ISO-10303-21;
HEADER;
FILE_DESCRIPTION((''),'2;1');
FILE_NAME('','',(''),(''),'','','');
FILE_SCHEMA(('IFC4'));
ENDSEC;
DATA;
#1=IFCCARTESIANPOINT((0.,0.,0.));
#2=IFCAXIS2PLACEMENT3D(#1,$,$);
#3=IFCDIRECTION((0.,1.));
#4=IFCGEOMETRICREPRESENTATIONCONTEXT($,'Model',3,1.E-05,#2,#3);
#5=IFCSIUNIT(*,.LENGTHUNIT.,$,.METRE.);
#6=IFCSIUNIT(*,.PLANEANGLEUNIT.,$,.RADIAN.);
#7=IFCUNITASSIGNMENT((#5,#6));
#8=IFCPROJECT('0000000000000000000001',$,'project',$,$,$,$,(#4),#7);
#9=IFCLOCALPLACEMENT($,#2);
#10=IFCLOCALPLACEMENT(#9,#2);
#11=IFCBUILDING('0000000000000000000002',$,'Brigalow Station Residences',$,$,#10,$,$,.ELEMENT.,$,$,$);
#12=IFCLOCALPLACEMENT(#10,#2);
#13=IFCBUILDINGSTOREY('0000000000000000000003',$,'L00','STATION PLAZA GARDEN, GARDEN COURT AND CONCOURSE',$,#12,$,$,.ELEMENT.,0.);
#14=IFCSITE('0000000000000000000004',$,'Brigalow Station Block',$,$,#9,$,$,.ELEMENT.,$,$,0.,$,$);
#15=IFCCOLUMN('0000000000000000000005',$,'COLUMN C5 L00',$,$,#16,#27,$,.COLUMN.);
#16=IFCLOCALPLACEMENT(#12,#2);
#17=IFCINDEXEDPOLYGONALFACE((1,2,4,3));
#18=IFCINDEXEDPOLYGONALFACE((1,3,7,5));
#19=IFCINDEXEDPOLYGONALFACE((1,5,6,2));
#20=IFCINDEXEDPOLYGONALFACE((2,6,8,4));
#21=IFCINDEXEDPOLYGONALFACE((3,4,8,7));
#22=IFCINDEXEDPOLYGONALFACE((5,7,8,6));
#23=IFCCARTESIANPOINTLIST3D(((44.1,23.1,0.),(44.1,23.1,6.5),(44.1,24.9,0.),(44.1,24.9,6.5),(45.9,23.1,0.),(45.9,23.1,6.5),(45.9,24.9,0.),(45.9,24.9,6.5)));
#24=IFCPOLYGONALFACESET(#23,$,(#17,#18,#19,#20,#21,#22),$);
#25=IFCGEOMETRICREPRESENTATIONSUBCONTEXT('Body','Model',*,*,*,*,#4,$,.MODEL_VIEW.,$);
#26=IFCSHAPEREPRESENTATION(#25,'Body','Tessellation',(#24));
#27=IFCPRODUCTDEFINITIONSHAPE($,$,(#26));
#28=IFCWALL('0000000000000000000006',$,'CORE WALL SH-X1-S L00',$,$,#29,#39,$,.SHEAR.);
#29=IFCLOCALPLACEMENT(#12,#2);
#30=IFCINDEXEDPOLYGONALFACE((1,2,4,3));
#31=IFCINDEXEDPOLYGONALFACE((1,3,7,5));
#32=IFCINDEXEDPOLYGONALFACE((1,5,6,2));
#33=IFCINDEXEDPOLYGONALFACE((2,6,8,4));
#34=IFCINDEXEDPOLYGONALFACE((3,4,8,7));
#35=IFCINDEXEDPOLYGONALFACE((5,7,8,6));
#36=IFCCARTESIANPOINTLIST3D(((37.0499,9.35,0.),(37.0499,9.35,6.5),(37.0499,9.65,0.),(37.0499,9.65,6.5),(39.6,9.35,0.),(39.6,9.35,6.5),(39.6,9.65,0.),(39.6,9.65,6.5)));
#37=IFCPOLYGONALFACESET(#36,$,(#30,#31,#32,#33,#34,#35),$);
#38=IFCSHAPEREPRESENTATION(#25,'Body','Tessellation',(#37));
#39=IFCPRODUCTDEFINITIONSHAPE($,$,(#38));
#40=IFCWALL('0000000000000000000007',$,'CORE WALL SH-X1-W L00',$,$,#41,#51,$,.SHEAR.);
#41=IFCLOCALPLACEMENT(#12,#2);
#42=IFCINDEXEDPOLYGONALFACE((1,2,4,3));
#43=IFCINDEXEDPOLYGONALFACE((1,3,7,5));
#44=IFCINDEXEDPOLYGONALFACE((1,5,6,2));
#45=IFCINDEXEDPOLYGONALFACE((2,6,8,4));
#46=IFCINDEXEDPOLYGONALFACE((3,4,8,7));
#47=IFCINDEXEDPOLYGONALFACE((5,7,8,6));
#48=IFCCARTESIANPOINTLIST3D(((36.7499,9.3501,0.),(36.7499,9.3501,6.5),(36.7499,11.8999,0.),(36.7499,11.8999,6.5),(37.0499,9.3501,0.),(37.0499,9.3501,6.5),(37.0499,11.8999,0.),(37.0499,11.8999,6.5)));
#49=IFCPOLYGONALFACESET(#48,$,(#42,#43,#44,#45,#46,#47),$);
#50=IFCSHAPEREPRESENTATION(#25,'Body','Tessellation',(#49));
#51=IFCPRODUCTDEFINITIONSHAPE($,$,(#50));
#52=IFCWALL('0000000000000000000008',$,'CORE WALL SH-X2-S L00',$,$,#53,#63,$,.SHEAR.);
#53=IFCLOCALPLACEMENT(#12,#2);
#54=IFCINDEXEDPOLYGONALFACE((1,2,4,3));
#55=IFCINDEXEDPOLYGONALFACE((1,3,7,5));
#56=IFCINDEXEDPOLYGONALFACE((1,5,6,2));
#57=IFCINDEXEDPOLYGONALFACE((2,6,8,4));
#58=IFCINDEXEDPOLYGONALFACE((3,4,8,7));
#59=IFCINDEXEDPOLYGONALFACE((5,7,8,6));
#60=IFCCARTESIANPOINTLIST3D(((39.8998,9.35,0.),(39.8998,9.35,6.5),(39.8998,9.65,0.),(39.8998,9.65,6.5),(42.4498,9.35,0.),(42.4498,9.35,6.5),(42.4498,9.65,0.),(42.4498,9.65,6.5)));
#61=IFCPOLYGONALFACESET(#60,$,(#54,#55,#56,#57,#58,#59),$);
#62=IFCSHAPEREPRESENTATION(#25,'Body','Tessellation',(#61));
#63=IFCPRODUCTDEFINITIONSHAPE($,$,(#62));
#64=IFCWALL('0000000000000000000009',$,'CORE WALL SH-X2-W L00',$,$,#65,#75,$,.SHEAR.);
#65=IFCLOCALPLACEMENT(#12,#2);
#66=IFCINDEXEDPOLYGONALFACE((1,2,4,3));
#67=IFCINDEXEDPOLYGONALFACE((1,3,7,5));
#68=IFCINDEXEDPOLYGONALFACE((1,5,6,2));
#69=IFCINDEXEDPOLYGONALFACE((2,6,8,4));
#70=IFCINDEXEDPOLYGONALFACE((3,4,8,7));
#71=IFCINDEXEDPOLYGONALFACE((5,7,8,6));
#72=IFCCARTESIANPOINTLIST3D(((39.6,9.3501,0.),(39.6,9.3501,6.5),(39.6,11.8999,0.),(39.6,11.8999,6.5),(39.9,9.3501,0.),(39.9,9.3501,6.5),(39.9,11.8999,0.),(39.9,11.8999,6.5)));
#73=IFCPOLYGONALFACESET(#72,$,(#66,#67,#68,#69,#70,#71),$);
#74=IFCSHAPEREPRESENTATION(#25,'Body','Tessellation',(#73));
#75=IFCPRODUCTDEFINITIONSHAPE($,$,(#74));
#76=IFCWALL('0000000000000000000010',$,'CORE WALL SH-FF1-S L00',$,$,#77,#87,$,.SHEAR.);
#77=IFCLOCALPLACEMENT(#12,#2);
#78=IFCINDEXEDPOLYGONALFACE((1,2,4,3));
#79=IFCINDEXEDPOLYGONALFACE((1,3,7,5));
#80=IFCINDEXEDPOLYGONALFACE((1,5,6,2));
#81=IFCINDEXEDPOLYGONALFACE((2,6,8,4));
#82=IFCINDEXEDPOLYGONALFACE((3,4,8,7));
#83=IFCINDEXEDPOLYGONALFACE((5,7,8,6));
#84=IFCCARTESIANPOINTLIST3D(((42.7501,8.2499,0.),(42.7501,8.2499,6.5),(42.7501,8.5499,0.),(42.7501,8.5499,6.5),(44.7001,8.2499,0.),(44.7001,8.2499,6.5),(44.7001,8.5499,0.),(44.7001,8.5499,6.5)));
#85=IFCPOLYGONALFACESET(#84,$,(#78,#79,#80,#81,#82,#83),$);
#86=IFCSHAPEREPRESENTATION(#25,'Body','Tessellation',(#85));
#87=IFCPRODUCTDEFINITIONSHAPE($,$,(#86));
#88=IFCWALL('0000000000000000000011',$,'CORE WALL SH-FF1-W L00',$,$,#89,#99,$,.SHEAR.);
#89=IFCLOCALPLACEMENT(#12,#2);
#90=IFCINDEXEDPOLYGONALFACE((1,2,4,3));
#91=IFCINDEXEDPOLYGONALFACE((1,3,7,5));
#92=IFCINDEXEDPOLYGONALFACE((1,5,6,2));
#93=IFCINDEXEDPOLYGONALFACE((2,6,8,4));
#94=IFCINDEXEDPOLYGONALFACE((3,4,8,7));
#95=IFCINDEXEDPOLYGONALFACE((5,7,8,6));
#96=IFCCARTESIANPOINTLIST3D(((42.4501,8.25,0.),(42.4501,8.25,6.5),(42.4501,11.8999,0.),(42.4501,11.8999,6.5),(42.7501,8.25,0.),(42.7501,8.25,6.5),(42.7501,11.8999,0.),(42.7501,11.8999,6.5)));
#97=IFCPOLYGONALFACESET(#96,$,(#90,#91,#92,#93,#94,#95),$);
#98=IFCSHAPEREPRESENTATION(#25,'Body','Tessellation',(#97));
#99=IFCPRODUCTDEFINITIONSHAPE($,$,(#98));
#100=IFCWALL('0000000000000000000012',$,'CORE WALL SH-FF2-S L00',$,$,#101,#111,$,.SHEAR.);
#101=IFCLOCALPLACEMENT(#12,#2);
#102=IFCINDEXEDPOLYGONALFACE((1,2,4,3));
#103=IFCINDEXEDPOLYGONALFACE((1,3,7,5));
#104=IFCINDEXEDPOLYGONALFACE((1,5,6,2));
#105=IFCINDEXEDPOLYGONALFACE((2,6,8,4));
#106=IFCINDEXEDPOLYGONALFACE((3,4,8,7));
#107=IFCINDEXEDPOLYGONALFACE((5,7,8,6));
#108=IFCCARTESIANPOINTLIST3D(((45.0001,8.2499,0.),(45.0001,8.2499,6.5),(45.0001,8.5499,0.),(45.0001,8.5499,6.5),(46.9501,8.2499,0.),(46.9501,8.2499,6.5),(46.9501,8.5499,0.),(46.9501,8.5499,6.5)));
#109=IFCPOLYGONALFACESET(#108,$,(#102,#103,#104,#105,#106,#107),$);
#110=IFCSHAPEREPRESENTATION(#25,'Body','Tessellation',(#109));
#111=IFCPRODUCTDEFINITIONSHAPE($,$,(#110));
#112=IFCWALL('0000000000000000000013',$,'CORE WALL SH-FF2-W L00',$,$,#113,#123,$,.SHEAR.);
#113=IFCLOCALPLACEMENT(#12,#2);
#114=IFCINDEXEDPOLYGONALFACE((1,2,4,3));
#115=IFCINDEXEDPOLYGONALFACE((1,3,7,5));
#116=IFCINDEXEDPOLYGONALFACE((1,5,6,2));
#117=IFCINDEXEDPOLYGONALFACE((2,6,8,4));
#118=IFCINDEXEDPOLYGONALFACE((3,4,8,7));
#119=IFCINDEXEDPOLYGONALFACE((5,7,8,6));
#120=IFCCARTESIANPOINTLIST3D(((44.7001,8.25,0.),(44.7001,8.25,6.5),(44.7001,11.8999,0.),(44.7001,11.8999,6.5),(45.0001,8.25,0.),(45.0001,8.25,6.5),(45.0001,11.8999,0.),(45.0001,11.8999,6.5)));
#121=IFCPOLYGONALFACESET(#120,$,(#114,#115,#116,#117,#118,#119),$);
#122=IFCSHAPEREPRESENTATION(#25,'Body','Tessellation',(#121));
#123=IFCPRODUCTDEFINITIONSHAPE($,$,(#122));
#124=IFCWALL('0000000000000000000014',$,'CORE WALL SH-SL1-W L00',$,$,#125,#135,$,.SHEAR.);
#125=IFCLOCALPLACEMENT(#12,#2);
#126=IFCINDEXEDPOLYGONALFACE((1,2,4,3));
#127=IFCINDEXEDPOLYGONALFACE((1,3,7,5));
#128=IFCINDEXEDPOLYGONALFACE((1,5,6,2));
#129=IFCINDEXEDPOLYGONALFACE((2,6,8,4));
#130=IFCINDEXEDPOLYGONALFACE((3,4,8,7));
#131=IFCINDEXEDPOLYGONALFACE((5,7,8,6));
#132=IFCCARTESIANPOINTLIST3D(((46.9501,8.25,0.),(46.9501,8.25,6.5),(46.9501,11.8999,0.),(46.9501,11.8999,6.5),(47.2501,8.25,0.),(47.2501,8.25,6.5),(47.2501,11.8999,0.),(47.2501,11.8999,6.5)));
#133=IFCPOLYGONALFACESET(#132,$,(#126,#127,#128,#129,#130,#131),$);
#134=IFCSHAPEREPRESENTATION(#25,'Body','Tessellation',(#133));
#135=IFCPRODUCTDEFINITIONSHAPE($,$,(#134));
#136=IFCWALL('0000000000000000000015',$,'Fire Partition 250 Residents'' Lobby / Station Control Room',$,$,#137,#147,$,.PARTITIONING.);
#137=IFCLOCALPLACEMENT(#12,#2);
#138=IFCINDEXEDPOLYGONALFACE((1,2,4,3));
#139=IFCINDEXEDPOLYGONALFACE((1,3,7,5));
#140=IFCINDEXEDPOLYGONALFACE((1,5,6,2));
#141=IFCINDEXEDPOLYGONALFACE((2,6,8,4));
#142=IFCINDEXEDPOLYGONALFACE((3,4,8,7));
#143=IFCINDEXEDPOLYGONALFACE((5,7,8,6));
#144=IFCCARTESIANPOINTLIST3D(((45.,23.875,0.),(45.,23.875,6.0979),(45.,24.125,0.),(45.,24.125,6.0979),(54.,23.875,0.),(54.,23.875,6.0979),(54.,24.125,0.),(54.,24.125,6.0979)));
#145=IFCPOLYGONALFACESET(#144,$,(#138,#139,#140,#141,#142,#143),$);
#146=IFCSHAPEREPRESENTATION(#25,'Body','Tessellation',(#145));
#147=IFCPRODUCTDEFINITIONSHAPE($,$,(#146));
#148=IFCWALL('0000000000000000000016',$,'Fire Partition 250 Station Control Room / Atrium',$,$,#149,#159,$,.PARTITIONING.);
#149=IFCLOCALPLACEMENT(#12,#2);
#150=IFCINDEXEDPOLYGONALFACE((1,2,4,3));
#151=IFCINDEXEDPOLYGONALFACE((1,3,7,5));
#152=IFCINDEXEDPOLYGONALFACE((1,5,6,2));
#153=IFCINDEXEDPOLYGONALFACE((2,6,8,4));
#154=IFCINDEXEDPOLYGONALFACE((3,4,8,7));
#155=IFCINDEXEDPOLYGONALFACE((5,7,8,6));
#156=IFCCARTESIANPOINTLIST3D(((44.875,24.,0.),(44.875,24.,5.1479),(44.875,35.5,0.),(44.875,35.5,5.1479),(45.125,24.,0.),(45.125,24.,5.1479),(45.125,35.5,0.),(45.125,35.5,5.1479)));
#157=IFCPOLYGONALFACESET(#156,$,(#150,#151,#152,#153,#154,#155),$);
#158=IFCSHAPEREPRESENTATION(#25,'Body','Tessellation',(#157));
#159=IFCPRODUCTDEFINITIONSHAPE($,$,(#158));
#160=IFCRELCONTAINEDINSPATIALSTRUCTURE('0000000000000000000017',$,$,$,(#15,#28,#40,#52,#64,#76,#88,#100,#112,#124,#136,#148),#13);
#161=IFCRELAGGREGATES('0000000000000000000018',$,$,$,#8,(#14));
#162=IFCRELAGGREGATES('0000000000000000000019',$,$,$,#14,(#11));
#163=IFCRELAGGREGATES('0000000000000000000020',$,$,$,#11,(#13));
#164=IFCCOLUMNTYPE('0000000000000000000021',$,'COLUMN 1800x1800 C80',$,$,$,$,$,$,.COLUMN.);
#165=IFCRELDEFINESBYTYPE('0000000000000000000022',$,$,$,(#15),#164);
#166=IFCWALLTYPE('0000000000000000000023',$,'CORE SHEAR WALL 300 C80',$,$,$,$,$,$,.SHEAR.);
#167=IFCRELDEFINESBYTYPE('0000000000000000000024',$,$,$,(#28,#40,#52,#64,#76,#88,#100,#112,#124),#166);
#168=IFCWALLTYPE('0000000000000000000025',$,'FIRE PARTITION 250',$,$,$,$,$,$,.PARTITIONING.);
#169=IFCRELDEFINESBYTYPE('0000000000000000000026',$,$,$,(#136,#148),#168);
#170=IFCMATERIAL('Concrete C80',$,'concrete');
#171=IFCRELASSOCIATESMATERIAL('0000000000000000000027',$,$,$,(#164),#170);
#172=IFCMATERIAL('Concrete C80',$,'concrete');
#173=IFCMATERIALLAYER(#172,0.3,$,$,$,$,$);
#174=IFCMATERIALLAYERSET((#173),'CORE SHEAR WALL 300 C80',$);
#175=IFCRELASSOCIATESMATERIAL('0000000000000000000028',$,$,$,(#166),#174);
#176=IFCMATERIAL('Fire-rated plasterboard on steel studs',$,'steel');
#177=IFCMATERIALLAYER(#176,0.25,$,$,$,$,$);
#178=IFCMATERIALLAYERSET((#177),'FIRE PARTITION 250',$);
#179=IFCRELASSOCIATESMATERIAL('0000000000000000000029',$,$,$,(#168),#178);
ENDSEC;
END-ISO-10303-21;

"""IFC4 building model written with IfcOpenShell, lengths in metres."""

from ifc_helpers import new_model, si_unit, direction, frame, frame_2d, origin, origin_2d, place, context, subcontext, project, spatial, rectangle, extrude, material, layer, layer_set, material_profile, profile_set, type_object, element, save


model = new_model("IFC4")

# Units and contexts
model_context = context("Model", 3, precision=1e-05, world=origin(), true_north=direction((0.0, 1.0)))
body_context = subcontext(model_context, "Body", "Model", "MODEL_VIEW")
ifc_project = project(units=[si_unit("LENGTHUNIT", "METRE"), si_unit("PLANEANGLEUNIT", "RADIAN")], contexts=[model_context])

# Site, building, storey
site_placement = place(None, origin())
site = spatial("IfcSite", under=ifc_project, at=site_placement, Name="Brigalow Station Block", CompositionType="ELEMENT", RefElevation=0.0)
building_placement = place(site_placement, origin())
building = spatial("IfcBuilding", under=site, at=building_placement, Name="Brigalow Station Residences", CompositionType="ELEMENT")
storey_placement = place(building_placement, origin())
storey = spatial("IfcBuildingStorey", under=building, at=storey_placement, Name="L00", Description="STATION PLAZA GARDEN, GARDEN COURT AND CONCOURSE", CompositionType="ELEMENT", Elevation=0.0)

# Column
ifc_material_1 = material(Name="Concrete C80", Category="concrete")
ifc_material_profile = material_profile(ifc_material_1, rectangle(XDim=1.8, YDim=1.8, at=origin_2d()), Name="RC1800x1800")
ifc_profile_set = profile_set([ifc_material_profile], Name="Concrete C80")
column_type = type_object("IfcColumnType", Name="COLUMN 1800x1800 C80", PredefinedType="COLUMN", material=ifc_profile_set)
column_placement = place(storey_placement, frame((45.0, 24.0, 0.0), z_axis=(0.0, 0.0, 1.0), x_axis=(1.0, 0.0, 0.0)))
element("IfcColumn", 1, at=column_placement, inside=storey, type_object=column_type, Name="COLUMN C5 L00", PredefinedType="COLUMN", context=body_context, shape_type="SweptSolid", body=[
    extrude(rectangle(XDim=1.8, YDim=1.8, at=origin_2d()), origin(), (0.0, 0.0, 1.0), 6.5),
])

# Walls
ifc_material_2 = material(Name="Concrete C80", Category="concrete")
ifc_layer_1 = layer(ifc_material_2, 0.3)
ifc_layer_set_1 = layer_set([ifc_layer_1], Name="CORE SHEAR WALL 300 C80")
wall_type_1 = type_object("IfcWallType", Name="CORE SHEAR WALL 300 C80", PredefinedType="SHEAR", material=ifc_layer_set_1)
wall_1_placement = place(storey_placement, frame((37.05, 9.5, 0.0), z_axis=(0.0, 0.0, 1.0), x_axis=(1.0, 0.0, 0.0)))
element("IfcWall", 2, at=wall_1_placement, inside=storey, type_object=wall_type_1, Name="CORE WALL SH-X1-S L00", PredefinedType="SHEAR", context=body_context, shape_type="SweptSolid", body=[
    extrude(rectangle(XDim=2.55, YDim=0.3, at=frame_2d((1.2749, 0.0))), origin(), (0.0, 0.0, 1.0), 6.5),
])
wall_2_placement = place(storey_placement, frame((36.8999, 9.3501, 0.0), z_axis=(0.0, 0.0, 1.0), x_axis=(0.0, 1.0, 0.0)))
element("IfcWall", 3, at=wall_2_placement, inside=storey, type_object=wall_type_1, Name="CORE WALL SH-X1-W L00", PredefinedType="SHEAR", context=body_context, shape_type="SweptSolid", body=[
    extrude(rectangle(XDim=2.5498, YDim=0.3, at=frame_2d((1.2749, 0.0))), origin(), (0.0, 0.0, 1.0), 6.5),
])
wall_3_placement = place(storey_placement, frame((39.8999, 9.5, 0.0), z_axis=(0.0, 0.0, 1.0), x_axis=(1.0, 0.0, 0.0)))
element("IfcWall", 4, at=wall_3_placement, inside=storey, type_object=wall_type_1, Name="CORE WALL SH-X2-S L00", PredefinedType="SHEAR", context=body_context, shape_type="SweptSolid", body=[
    extrude(rectangle(XDim=2.55, YDim=0.3, at=frame_2d((1.2749, 0.0))), origin(), (0.0, 0.0, 1.0), 6.5),
])
wall_4_placement = place(storey_placement, frame((39.75, 9.3501, 0.0), z_axis=(0.0, 0.0, 1.0), x_axis=(0.0, 1.0, 0.0)))
element("IfcWall", 5, at=wall_4_placement, inside=storey, type_object=wall_type_1, Name="CORE WALL SH-X2-W L00", PredefinedType="SHEAR", context=body_context, shape_type="SweptSolid", body=[
    extrude(rectangle(XDim=2.5498, YDim=0.3, at=frame_2d((1.2749, 0.0))), origin(), (0.0, 0.0, 1.0), 6.5),
])
wall_5_placement = place(storey_placement, frame((42.75, 8.3999, 0.0), z_axis=(0.0, 0.0, 1.0), x_axis=(1.0, 0.0, 0.0)))
element("IfcWall", 6, at=wall_5_placement, inside=storey, type_object=wall_type_1, Name="CORE WALL SH-FF1-S L00", PredefinedType="SHEAR", context=body_context, shape_type="SweptSolid", body=[
    extrude(rectangle(XDim=1.95, YDim=0.3, at=frame_2d((0.9751, 0.0))), origin(), (0.0, 0.0, 1.0), 6.5),
])
wall_6_placement = place(storey_placement, frame((42.6001, 8.25, 0.0), z_axis=(0.0, 0.0, 1.0), x_axis=(0.0, 1.0, 0.0)))
element("IfcWall", 7, at=wall_6_placement, inside=storey, type_object=wall_type_1, Name="CORE WALL SH-FF1-W L00", PredefinedType="SHEAR", context=body_context, shape_type="SweptSolid", body=[
    extrude(rectangle(XDim=3.6499, YDim=0.3, at=frame_2d((1.825, 0.0))), origin(), (0.0, 0.0, 1.0), 6.5),
])
wall_7_placement = place(storey_placement, frame((45.0, 8.3999, 0.0), z_axis=(0.0, 0.0, 1.0), x_axis=(1.0, 0.0, 0.0)))
element("IfcWall", 8, at=wall_7_placement, inside=storey, type_object=wall_type_1, Name="CORE WALL SH-FF2-S L00", PredefinedType="SHEAR", context=body_context, shape_type="SweptSolid", body=[
    extrude(rectangle(XDim=1.95, YDim=0.3, at=frame_2d((0.9751, 0.0))), origin(), (0.0, 0.0, 1.0), 6.5),
])
for number, where, z_axis, x_axis, name in (
    (9, (44.8501, 8.25, 0.0), (0.0, 0.0, 1.0), (0.0, 1.0, 0.0), "CORE WALL SH-FF2-W L00"),
    (10, (47.1001, 8.25, 0.0), (0.0, 0.0, 1.0), (0.0, 1.0, 0.0), "CORE WALL SH-SL1-W L00"),
):
    element("IfcWall", number, at=place(storey_placement, frame(where, z_axis=z_axis, x_axis=x_axis)), inside=storey, type_object=wall_type_1, Name=name, PredefinedType="SHEAR", context=body_context, shape_type="SweptSolid", body=[
        extrude(rectangle(XDim=3.6499, YDim=0.3, at=frame_2d((1.825, 0.0))), origin(), (0.0, 0.0, 1.0), 6.5),
    ])
ifc_material_3 = material(Name="Fire-rated plasterboard on steel studs", Category="steel")
ifc_layer_2 = layer(ifc_material_3, 0.25)
ifc_layer_set_2 = layer_set([ifc_layer_2], Name="FIRE PARTITION 250")
wall_type_2 = type_object("IfcWallType", Name="FIRE PARTITION 250", PredefinedType="PARTITIONING", material=ifc_layer_set_2)
wall_8_placement = place(storey_placement, frame((45.0, 24.0, 0.0), z_axis=(0.0, 0.0, 1.0), x_axis=(1.0, 0.0, 0.0)))
element("IfcWall", 11, at=wall_8_placement, inside=storey, type_object=wall_type_2, Name="Fire Partition 250 Residents' Lobby / Station Control Room", PredefinedType="PARTITIONING", context=body_context, shape_type="SweptSolid", body=[
    extrude(rectangle(XDim=9.0, YDim=0.25, at=frame_2d((4.5, 0.0))), origin(), (0.0, 0.0, 1.0), 6.0979),
])
wall_9_placement = place(storey_placement, frame((45.0, 24.0, 0.0), z_axis=(0.0, 0.0, 1.0), x_axis=(0.0, 1.0, 0.0)))
element("IfcWall", 12, at=wall_9_placement, inside=storey, type_object=wall_type_2, Name="Fire Partition 250 Station Control Room / Atrium", PredefinedType="PARTITIONING", context=body_context, shape_type="SweptSolid", body=[
    extrude(rectangle(XDim=11.5, YDim=0.25, at=frame_2d((5.75, 0.0))), origin(), (0.0, 0.0, 1.0), 5.1479),
])

save(model, "model.ifc")
